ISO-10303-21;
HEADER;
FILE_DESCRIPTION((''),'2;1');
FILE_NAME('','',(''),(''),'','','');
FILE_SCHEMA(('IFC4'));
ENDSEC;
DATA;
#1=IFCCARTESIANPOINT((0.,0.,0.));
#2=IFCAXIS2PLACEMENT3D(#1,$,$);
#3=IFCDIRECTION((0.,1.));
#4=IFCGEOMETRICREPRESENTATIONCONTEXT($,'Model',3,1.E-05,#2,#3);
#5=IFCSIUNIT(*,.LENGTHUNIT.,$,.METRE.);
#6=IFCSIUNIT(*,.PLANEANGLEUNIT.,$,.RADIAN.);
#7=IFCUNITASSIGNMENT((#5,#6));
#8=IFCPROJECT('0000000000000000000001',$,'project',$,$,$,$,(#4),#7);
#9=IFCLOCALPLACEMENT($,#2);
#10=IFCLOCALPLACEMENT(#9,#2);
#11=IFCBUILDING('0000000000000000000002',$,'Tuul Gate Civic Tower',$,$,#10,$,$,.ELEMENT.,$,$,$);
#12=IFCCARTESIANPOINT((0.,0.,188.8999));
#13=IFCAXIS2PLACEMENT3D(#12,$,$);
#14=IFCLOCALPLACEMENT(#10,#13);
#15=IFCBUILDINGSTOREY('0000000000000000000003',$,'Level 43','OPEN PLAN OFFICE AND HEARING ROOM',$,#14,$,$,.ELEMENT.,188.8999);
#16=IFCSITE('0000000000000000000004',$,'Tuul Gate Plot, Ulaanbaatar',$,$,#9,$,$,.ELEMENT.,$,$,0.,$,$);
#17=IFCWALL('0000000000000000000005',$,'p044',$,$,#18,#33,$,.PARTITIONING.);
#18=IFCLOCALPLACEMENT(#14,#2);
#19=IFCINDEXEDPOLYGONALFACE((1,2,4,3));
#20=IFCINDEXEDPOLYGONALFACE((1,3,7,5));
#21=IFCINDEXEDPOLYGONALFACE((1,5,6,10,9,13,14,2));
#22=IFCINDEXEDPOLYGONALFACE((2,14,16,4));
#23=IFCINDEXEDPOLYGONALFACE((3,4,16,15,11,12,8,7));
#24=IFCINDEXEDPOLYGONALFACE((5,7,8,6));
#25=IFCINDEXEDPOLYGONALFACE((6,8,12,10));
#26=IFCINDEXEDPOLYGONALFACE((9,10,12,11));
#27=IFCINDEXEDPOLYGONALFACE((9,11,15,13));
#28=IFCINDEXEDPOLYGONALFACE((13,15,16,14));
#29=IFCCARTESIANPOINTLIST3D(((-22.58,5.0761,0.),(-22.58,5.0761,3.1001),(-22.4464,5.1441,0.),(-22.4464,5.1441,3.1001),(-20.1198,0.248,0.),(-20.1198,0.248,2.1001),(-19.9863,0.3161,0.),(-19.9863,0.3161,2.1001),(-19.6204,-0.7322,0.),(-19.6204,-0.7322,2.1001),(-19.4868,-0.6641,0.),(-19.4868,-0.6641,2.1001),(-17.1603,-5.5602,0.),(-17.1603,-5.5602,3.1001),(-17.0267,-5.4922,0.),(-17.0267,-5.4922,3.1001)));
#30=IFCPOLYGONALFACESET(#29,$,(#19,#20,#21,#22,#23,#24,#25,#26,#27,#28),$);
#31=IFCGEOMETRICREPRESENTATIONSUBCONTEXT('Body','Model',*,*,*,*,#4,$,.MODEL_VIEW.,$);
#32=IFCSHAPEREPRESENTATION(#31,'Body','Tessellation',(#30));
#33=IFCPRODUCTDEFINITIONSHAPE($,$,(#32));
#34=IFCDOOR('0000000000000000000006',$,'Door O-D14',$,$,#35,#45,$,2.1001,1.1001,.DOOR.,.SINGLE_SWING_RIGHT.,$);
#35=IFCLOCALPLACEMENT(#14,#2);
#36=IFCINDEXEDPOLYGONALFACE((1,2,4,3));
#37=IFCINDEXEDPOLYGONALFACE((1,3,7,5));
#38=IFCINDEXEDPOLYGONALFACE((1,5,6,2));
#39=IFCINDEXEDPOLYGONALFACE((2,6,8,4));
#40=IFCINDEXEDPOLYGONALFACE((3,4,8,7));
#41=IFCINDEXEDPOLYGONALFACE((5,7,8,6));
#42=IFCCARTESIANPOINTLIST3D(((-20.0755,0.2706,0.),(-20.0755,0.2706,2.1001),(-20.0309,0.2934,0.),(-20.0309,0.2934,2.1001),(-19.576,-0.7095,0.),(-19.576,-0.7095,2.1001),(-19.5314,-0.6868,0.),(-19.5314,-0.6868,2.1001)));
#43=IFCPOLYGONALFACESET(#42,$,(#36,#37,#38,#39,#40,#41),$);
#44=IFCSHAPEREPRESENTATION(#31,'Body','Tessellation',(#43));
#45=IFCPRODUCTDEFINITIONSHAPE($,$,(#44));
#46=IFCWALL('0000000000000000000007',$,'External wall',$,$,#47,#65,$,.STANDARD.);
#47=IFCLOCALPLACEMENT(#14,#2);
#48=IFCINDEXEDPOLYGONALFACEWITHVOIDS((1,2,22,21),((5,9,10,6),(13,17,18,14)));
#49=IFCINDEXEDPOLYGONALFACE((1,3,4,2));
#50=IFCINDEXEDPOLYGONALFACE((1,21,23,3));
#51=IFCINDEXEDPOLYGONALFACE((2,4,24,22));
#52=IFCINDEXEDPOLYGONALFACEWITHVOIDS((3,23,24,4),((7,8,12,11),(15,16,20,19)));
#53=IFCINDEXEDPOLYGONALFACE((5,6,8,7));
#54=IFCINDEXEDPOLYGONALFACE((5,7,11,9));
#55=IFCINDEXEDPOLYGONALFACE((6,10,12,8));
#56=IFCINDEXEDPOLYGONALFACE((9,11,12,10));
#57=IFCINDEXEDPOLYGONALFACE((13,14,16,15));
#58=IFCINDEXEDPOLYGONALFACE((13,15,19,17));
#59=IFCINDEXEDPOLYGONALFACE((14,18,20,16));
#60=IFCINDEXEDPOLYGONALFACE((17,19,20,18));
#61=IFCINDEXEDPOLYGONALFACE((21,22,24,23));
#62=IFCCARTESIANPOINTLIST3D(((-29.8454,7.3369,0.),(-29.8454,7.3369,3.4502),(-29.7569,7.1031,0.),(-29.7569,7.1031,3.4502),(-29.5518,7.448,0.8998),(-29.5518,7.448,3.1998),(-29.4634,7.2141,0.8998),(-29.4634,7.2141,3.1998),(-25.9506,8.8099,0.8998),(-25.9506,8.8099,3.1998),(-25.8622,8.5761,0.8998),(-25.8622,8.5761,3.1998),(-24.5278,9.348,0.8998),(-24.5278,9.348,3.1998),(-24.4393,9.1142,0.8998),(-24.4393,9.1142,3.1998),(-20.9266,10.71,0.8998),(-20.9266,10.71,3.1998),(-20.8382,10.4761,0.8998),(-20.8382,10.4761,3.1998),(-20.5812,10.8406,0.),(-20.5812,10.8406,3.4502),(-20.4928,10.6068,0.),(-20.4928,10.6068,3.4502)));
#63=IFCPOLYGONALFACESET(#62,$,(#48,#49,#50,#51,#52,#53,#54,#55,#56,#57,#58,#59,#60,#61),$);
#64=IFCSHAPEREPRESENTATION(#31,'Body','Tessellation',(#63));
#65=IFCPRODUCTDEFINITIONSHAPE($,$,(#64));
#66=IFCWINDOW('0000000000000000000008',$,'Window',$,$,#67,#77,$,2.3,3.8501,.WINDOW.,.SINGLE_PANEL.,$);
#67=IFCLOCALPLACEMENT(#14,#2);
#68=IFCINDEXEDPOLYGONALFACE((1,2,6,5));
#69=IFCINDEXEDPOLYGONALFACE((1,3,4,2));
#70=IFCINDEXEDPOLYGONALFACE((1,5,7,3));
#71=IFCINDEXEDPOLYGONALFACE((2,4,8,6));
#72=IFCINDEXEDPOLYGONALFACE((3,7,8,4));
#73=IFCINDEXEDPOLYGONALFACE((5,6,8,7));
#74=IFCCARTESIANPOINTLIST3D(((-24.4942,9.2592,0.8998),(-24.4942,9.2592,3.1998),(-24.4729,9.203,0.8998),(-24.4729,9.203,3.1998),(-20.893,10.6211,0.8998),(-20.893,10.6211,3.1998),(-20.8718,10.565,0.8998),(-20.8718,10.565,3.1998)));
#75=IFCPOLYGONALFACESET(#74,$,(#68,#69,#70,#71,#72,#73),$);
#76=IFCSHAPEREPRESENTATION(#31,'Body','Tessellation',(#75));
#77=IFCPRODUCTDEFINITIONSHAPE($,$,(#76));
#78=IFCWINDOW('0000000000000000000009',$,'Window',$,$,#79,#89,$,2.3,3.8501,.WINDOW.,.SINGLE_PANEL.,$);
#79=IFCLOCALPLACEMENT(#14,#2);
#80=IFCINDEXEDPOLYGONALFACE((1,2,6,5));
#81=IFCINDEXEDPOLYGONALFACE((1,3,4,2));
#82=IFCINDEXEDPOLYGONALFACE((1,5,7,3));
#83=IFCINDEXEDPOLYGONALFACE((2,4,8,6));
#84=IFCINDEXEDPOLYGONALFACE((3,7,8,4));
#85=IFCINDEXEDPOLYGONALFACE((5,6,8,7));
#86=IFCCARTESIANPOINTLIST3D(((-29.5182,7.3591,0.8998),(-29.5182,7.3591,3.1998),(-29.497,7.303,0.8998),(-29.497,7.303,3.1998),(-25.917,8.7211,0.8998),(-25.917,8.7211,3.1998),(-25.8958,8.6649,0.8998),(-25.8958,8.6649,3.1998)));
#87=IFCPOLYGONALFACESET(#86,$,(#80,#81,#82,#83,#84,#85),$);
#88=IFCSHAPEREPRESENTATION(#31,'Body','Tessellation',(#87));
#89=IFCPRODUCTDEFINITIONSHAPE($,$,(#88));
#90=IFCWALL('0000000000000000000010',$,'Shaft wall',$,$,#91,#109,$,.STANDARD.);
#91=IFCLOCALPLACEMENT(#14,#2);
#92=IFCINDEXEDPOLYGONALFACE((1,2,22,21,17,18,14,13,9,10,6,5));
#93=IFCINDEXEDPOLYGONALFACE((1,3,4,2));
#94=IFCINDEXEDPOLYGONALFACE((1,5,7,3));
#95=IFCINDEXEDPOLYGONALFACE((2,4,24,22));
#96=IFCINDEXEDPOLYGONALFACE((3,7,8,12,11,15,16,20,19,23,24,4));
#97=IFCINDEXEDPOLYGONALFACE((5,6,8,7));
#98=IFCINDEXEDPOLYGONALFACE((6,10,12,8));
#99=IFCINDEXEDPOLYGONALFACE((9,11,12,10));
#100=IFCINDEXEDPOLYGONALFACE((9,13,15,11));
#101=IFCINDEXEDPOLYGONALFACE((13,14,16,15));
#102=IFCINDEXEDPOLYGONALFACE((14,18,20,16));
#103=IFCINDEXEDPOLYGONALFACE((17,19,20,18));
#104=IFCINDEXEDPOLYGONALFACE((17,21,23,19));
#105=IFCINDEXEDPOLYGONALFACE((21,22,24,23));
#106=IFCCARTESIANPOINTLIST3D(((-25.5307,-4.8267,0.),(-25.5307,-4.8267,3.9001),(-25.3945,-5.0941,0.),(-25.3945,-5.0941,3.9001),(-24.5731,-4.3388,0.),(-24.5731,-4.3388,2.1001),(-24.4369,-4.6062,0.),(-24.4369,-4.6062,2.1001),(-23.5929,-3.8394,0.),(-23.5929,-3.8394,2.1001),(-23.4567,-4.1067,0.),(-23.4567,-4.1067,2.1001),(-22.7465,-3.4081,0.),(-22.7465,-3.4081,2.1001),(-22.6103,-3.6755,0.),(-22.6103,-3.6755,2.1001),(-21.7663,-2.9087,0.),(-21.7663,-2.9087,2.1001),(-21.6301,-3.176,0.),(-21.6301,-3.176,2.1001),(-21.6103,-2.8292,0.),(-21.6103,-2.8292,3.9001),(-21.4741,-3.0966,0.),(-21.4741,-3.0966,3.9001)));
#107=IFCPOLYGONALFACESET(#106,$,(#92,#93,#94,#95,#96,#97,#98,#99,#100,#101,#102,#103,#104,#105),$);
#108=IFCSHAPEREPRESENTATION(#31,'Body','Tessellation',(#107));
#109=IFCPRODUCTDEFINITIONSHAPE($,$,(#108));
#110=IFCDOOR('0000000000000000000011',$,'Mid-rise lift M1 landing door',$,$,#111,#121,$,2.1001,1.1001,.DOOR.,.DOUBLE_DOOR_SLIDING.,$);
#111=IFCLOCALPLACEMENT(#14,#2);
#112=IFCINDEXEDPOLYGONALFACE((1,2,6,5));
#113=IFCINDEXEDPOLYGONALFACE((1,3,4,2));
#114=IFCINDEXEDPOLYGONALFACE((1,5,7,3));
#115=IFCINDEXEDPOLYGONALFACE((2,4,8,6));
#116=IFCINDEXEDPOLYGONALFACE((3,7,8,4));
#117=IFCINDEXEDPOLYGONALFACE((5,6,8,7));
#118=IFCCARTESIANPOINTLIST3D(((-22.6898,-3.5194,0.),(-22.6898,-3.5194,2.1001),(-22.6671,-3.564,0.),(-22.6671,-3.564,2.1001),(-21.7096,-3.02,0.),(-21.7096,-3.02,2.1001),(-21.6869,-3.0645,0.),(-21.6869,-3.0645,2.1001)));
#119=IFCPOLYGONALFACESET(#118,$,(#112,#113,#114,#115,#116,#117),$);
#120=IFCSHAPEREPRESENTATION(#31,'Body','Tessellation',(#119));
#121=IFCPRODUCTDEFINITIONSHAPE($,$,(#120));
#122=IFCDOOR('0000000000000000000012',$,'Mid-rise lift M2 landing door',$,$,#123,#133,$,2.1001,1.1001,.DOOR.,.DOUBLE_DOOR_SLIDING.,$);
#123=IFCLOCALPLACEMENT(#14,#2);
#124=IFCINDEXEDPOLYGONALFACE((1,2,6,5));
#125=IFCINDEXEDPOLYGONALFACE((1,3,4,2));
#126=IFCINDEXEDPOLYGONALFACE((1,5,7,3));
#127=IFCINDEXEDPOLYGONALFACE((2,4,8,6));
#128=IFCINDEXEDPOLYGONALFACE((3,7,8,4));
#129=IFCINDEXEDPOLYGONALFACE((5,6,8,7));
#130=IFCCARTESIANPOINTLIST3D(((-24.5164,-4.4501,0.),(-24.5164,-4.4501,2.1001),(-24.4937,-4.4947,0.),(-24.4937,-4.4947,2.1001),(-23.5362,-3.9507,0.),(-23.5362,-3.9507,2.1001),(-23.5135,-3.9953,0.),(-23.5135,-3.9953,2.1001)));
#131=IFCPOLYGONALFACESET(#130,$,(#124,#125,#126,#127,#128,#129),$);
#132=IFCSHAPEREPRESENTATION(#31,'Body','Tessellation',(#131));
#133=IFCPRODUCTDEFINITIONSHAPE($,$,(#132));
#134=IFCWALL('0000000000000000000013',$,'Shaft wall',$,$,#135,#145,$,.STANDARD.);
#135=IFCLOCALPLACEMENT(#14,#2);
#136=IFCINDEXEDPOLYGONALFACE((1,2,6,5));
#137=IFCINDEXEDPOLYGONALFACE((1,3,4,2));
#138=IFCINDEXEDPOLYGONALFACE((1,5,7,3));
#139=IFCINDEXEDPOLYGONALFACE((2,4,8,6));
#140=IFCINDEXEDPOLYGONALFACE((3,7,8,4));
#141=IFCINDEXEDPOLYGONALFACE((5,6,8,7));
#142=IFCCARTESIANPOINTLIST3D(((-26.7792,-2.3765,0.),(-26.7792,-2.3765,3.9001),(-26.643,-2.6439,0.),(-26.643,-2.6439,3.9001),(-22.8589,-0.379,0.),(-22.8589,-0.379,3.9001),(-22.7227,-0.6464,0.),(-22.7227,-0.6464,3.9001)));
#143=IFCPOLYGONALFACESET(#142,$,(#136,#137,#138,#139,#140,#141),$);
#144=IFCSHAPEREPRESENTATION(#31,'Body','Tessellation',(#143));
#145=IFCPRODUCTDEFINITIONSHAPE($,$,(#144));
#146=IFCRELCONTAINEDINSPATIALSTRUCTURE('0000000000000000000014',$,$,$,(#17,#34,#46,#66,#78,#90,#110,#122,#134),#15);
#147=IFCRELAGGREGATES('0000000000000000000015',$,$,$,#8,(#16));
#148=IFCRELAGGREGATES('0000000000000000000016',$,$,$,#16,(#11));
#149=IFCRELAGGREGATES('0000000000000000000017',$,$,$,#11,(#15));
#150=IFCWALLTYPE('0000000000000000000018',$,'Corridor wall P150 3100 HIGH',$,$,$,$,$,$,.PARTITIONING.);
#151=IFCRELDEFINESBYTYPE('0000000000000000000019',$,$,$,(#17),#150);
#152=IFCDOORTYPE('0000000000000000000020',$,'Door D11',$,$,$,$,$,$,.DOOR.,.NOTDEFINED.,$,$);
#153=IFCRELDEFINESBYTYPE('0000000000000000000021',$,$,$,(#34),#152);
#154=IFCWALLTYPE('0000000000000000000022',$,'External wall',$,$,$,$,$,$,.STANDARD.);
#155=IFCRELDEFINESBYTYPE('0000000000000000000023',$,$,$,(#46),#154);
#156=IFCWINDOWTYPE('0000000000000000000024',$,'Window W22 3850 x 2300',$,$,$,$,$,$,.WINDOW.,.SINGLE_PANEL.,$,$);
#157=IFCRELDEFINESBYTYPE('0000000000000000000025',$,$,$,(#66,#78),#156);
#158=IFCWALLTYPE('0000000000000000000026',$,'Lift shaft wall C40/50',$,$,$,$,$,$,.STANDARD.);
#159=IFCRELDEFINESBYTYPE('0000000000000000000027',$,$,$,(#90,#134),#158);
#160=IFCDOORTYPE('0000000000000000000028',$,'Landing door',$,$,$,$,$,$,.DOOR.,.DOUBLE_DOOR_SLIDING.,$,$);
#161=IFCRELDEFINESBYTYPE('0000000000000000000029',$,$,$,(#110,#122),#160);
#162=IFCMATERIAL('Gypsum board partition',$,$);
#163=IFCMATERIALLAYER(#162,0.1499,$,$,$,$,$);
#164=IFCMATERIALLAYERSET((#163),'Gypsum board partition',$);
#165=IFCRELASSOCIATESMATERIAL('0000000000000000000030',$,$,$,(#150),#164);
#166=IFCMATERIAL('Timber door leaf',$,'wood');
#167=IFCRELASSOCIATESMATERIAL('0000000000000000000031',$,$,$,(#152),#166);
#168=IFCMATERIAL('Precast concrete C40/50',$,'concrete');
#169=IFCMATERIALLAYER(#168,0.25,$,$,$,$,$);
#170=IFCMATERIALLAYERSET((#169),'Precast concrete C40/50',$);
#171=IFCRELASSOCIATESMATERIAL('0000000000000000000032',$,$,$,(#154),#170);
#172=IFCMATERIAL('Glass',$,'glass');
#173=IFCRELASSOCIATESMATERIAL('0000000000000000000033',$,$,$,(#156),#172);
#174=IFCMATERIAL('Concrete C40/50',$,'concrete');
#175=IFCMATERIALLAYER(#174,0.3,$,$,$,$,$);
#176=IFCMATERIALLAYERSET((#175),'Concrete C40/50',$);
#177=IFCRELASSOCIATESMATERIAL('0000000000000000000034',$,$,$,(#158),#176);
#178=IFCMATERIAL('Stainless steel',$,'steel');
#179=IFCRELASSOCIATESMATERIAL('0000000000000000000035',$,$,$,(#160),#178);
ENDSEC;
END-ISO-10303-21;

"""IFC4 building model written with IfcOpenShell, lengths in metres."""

from ifc_helpers import new_model, si_unit, direction, frame, frame_2d, origin, place, context, subcontext, project, spatial, rectangle, extrude, material, layer, layer_set, type_object, element, fill, save


model = new_model("IFC4")

# Units and contexts
model_context = context("Model", 3, precision=1e-05, world=origin(), true_north=direction((0.0, 1.0)))
body_context = subcontext(model_context, "Body", "Model", "MODEL_VIEW")
ifc_project = project(units=[si_unit("LENGTHUNIT", "METRE"), si_unit("PLANEANGLEUNIT", "RADIAN")], contexts=[model_context])

# Site, building, storey
site_placement = place(None, origin())
site = spatial("IfcSite", under=ifc_project, at=site_placement, Name="Tuul Gate Plot, Ulaanbaatar", CompositionType="ELEMENT", RefElevation=0.0)
building_placement = place(site_placement, origin())
building = spatial("IfcBuilding", under=site, at=building_placement, Name="Tuul Gate Civic Tower", CompositionType="ELEMENT")
storey_placement = place(building_placement, frame((0.0, 0.0, 188.8999)))
storey = spatial("IfcBuildingStorey", under=building, at=storey_placement, Name="Level 43", Description="OPEN PLAN OFFICE AND HEARING ROOM", CompositionType="ELEMENT", Elevation=188.8999)

# Wall, opening, door
ifc_material_1 = material(Name="Gypsum board partition")
ifc_layer_1 = layer(ifc_material_1, 0.1499)
ifc_layer_set_1 = layer_set([ifc_layer_1], Name="Gypsum board partition")
wall_type_1 = type_object("IfcWallType", Name="Corridor wall P150 3100 HIGH", PredefinedType="PARTITIONING", material=ifc_layer_set_1)
wall_1_placement = place(storey_placement, frame((-22.5132, 5.1101, 0.0), z_axis=(0.0, 0.0, 1.0), x_axis=(0.454007, -0.890998, 0.0)))
wall_1 = element("IfcWall", 1, at=wall_1_placement, inside=storey, type_object=wall_type_1, Name="p044", PredefinedType="PARTITIONING", context=body_context, shape_type="SweptSolid", body=[
    extrude(rectangle(XDim=11.9375, YDim=0.1499, at=frame_2d((5.9688, 0.0))), origin(), (0.0, 0.0, 1.0), 3.1001),
])
opening_1_placement = place(wall_1_placement, frame((5.4187, 0.0, 0.0)))
opening_1 = element("IfcOpeningElement", 2, at=opening_1_placement, cuts=wall_1, PredefinedType="OPENING", context=body_context, shape_type="SweptSolid", body=[
    extrude(rectangle(XDim=1.1001, YDim=2.1001, at=frame_2d((0.55, 1.05))), frame((0.0, 0.085, 0.0), z_axis=(0.0, -1.0, 0.0), x_axis=(1.0, 0.0, 0.0)), (0.0, 0.0, 1.0), 0.1699),
])
ifc_material_2 = material(Name="Timber door leaf", Category="wood")
door_type_1 = type_object("IfcDoorType", Name="Door D11", OperationType="NOTDEFINED", PredefinedType="DOOR", material=ifc_material_2)
door_1_placement = place(opening_1_placement, origin())
door_1 = element("IfcDoor", 3, at=door_1_placement, inside=storey, type_object=door_type_1, Name="Door O-D14", OperationType="SINGLE_SWING_RIGHT", OverallHeight=2.1001, OverallWidth=1.1001, PredefinedType="DOOR", context=body_context, shape_type="SweptSolid", body=[
    extrude(rectangle(XDim=1.1001, YDim=2.1001, at=frame_2d((0.55, 1.05))), frame((0.0, 0.0249, 0.0), z_axis=(0.0, -1.0, 0.0), x_axis=(1.0, 0.0, 0.0)), (0.0, 0.0, 1.0), 0.05),
])
fill(opening_1, door_1)

# Wall, openings, windows
ifc_material_3 = material(Name="Precast concrete C40/50", Category="concrete")
ifc_layer_2 = layer(ifc_material_3, 0.25)
ifc_layer_set_2 = layer_set([ifc_layer_2], Name="Precast concrete C40/50")
wall_type_2 = type_object("IfcWallType", Name="External wall", PredefinedType="STANDARD", material=ifc_layer_set_2)
wall_2_placement = place(storey_placement, frame((-20.5371, 10.7236, 0.0), z_axis=(0.0, 0.0, 1.0), x_axis=(-0.935343, -0.353742, 0.0)))
wall_2 = element("IfcWall", 4, at=wall_2_placement, inside=storey, type_object=wall_type_2, Name="External wall", PredefinedType="STANDARD", context=body_context, shape_type="SweptSolid", body=[
    extrude(rectangle(XDim=9.9045, YDim=0.25, at=frame_2d((4.9521, 0.0))), origin(), (0.0, 0.0, 1.0), 3.4502),
])
opening_2_placement = place(wall_2_placement, frame((0.3691, 0.0, 0.8999)))
opening_2 = element("IfcOpeningElement", 5, at=opening_2_placement, cuts=wall_2, PredefinedType="OPENING", context=body_context, shape_type="SweptSolid", body=[
    extrude(rectangle(XDim=3.8501, YDim=2.3, at=frame_2d((1.925, 1.1499))), frame((0.0, 0.135, 0.0), z_axis=(0.0, -1.0, 0.0), x_axis=(1.0, 0.0, 0.0)), (0.0, 0.0, 1.0), 0.27),
])
opening_3_placement = place(wall_2_placement, frame((5.7405, 0.0, 0.8999)))
opening_3 = element("IfcOpeningElement", 6, at=opening_3_placement, cuts=wall_2, PredefinedType="OPENING", context=body_context, shape_type="SweptSolid", body=[
    extrude(rectangle(XDim=3.8501, YDim=2.3, at=frame_2d((1.925, 1.1499))), frame((0.0, 0.135, 0.0), z_axis=(0.0, -1.0, 0.0), x_axis=(1.0, 0.0, 0.0)), (0.0, 0.0, 1.0), 0.27),
])
ifc_material_4 = material(Name="Glass", Category="glass")
window_type = type_object("IfcWindowType", Name="Window W22 3850 x 2300", PartitioningType="SINGLE_PANEL", PredefinedType="WINDOW", material=ifc_material_4)
window_1_placement = place(opening_2_placement, origin())
window_1 = element("IfcWindow", 7, at=window_1_placement, inside=storey, type_object=window_type, Name="Window", OverallHeight=2.3, OverallWidth=3.8501, PartitioningType="SINGLE_PANEL", PredefinedType="WINDOW", context=body_context, shape_type="SweptSolid", body=[
    extrude(rectangle(XDim=3.8501, YDim=2.3, at=frame_2d((1.925, 1.1499))), frame((0.0, 0.03, 0.0), z_axis=(0.0, -1.0, 0.0), x_axis=(1.0, 0.0, 0.0)), (0.0, 0.0, 1.0), 0.0601),
])
fill(opening_2, window_1)
window_2_placement = place(opening_3_placement, origin())
window_2 = element("IfcWindow", 8, at=window_2_placement, inside=storey, type_object=window_type, Name="Window", OverallHeight=2.3, OverallWidth=3.8501, PartitioningType="SINGLE_PANEL", PredefinedType="WINDOW", context=body_context, shape_type="SweptSolid", body=[
    extrude(rectangle(XDim=3.8501, YDim=2.3, at=frame_2d((1.925, 1.1499))), frame((0.0, 0.03, 0.0), z_axis=(0.0, -1.0, 0.0), x_axis=(1.0, 0.0, 0.0)), (0.0, 0.0, 1.0), 0.0601),
])
fill(opening_3, window_2)

# Wall, openings, doors
ifc_material_5 = material(Name="Concrete C40/50", Category="concrete")
ifc_layer_3 = layer(ifc_material_5, 0.3)
ifc_layer_set_3 = layer_set([ifc_layer_3], Name="Concrete C40/50")
wall_type_3 = type_object("IfcWallType", Name="Lift shaft wall C40/50", PredefinedType="STANDARD", material=ifc_layer_set_3)
wall_3_placement = place(storey_placement, frame((-21.5422, -2.9629, 0.0), z_axis=(0.0, 0.0, 1.0), x_axis=(-0.891006, -0.453992, 0.0)))
wall_3 = element("IfcWall", 9, at=wall_3_placement, inside=storey, type_object=wall_type_3, Name="Shaft wall", PredefinedType="STANDARD", context=body_context, shape_type="SweptSolid", body=[
    extrude(rectangle(XDim=4.3999, YDim=0.3, at=frame_2d((2.2, 0.0))), origin(), (0.0, 0.0, 1.0), 3.9001),
])
opening_4_placement = place(wall_3_placement, frame((0.175, 0.0, 0.0)))
opening_4 = element("IfcOpeningElement", 10, at=opening_4_placement, cuts=wall_3, PredefinedType="OPENING", context=body_context, shape_type="SweptSolid", body=[
    extrude(rectangle(XDim=1.1001, YDim=2.1001, at=frame_2d((0.55, 1.05))), frame((0.0, 0.1602, 0.0), z_axis=(0.0, -1.0, 0.0), x_axis=(1.0, 0.0, 0.0)), (0.0, 0.0, 1.0), 0.3201),
])
opening_5_placement = place(wall_3_placement, frame((2.2251, 0.0, 0.0)))
opening_5 = element("IfcOpeningElement", 11, at=opening_5_placement, cuts=wall_3, PredefinedType="OPENING", context=body_context, shape_type="SweptSolid", body=[
    extrude(rectangle(XDim=1.1001, YDim=2.1001, at=frame_2d((0.55, 1.05))), frame((0.0, 0.1602, 0.0), z_axis=(0.0, -1.0, 0.0), x_axis=(1.0, 0.0, 0.0)), (0.0, 0.0, 1.0), 0.3201),
])
ifc_material_6 = material(Name="Stainless steel", Category="steel")
door_type_2 = type_object("IfcDoorType", Name="Landing door", OperationType="DOUBLE_DOOR_SLIDING", PredefinedType="DOOR", material=ifc_material_6)
door_2_placement = place(opening_4_placement, origin())
door_2 = element("IfcDoor", 12, at=door_2_placement, inside=storey, type_object=door_type_2, Name="Mid-rise lift M1 landing door", OperationType="DOUBLE_DOOR_SLIDING", OverallHeight=2.1001, OverallWidth=1.1001, PredefinedType="DOOR", context=body_context, shape_type="SweptSolid", body=[
    extrude(rectangle(XDim=1.1001, YDim=2.1001, at=frame_2d((0.55, 1.05))), frame((0.0, 0.0249, 0.0), z_axis=(0.0, -1.0, 0.0), x_axis=(1.0, 0.0, 0.0)), (0.0, 0.0, 1.0), 0.05),
])
fill(opening_4, door_2)
door_3_placement = place(opening_5_placement, origin())
door_3 = element("IfcDoor", 13, at=door_3_placement, inside=storey, type_object=door_type_2, Name="Mid-rise lift M2 landing door", OperationType="DOUBLE_DOOR_SLIDING", OverallHeight=2.1001, OverallWidth=1.1001, PredefinedType="DOOR", context=body_context, shape_type="SweptSolid", body=[
    extrude(rectangle(XDim=1.1001, YDim=2.1001, at=frame_2d((0.55, 1.05))), frame((0.0, 0.0249, 0.0), z_axis=(0.0, -1.0, 0.0), x_axis=(1.0, 0.0, 0.0)), (0.0, 0.0, 1.0), 0.05),
])
fill(opening_5, door_3)

# Wall
wall_4_placement = place(storey_placement, frame((-22.7908, -0.5127, 0.0), z_axis=(0.0, 0.0, 1.0), x_axis=(-0.891006, -0.453992, 0.0)))
element("IfcWall", 14, at=wall_4_placement, inside=storey, type_object=wall_type_3, Name="Shaft wall", PredefinedType="STANDARD", context=body_context, shape_type="SweptSolid", body=[
    extrude(rectangle(XDim=4.3999, YDim=0.3, at=frame_2d((2.2, 0.0))), origin(), (0.0, 0.0, 1.0), 3.9001),
])

save(model, "model.ifc")
